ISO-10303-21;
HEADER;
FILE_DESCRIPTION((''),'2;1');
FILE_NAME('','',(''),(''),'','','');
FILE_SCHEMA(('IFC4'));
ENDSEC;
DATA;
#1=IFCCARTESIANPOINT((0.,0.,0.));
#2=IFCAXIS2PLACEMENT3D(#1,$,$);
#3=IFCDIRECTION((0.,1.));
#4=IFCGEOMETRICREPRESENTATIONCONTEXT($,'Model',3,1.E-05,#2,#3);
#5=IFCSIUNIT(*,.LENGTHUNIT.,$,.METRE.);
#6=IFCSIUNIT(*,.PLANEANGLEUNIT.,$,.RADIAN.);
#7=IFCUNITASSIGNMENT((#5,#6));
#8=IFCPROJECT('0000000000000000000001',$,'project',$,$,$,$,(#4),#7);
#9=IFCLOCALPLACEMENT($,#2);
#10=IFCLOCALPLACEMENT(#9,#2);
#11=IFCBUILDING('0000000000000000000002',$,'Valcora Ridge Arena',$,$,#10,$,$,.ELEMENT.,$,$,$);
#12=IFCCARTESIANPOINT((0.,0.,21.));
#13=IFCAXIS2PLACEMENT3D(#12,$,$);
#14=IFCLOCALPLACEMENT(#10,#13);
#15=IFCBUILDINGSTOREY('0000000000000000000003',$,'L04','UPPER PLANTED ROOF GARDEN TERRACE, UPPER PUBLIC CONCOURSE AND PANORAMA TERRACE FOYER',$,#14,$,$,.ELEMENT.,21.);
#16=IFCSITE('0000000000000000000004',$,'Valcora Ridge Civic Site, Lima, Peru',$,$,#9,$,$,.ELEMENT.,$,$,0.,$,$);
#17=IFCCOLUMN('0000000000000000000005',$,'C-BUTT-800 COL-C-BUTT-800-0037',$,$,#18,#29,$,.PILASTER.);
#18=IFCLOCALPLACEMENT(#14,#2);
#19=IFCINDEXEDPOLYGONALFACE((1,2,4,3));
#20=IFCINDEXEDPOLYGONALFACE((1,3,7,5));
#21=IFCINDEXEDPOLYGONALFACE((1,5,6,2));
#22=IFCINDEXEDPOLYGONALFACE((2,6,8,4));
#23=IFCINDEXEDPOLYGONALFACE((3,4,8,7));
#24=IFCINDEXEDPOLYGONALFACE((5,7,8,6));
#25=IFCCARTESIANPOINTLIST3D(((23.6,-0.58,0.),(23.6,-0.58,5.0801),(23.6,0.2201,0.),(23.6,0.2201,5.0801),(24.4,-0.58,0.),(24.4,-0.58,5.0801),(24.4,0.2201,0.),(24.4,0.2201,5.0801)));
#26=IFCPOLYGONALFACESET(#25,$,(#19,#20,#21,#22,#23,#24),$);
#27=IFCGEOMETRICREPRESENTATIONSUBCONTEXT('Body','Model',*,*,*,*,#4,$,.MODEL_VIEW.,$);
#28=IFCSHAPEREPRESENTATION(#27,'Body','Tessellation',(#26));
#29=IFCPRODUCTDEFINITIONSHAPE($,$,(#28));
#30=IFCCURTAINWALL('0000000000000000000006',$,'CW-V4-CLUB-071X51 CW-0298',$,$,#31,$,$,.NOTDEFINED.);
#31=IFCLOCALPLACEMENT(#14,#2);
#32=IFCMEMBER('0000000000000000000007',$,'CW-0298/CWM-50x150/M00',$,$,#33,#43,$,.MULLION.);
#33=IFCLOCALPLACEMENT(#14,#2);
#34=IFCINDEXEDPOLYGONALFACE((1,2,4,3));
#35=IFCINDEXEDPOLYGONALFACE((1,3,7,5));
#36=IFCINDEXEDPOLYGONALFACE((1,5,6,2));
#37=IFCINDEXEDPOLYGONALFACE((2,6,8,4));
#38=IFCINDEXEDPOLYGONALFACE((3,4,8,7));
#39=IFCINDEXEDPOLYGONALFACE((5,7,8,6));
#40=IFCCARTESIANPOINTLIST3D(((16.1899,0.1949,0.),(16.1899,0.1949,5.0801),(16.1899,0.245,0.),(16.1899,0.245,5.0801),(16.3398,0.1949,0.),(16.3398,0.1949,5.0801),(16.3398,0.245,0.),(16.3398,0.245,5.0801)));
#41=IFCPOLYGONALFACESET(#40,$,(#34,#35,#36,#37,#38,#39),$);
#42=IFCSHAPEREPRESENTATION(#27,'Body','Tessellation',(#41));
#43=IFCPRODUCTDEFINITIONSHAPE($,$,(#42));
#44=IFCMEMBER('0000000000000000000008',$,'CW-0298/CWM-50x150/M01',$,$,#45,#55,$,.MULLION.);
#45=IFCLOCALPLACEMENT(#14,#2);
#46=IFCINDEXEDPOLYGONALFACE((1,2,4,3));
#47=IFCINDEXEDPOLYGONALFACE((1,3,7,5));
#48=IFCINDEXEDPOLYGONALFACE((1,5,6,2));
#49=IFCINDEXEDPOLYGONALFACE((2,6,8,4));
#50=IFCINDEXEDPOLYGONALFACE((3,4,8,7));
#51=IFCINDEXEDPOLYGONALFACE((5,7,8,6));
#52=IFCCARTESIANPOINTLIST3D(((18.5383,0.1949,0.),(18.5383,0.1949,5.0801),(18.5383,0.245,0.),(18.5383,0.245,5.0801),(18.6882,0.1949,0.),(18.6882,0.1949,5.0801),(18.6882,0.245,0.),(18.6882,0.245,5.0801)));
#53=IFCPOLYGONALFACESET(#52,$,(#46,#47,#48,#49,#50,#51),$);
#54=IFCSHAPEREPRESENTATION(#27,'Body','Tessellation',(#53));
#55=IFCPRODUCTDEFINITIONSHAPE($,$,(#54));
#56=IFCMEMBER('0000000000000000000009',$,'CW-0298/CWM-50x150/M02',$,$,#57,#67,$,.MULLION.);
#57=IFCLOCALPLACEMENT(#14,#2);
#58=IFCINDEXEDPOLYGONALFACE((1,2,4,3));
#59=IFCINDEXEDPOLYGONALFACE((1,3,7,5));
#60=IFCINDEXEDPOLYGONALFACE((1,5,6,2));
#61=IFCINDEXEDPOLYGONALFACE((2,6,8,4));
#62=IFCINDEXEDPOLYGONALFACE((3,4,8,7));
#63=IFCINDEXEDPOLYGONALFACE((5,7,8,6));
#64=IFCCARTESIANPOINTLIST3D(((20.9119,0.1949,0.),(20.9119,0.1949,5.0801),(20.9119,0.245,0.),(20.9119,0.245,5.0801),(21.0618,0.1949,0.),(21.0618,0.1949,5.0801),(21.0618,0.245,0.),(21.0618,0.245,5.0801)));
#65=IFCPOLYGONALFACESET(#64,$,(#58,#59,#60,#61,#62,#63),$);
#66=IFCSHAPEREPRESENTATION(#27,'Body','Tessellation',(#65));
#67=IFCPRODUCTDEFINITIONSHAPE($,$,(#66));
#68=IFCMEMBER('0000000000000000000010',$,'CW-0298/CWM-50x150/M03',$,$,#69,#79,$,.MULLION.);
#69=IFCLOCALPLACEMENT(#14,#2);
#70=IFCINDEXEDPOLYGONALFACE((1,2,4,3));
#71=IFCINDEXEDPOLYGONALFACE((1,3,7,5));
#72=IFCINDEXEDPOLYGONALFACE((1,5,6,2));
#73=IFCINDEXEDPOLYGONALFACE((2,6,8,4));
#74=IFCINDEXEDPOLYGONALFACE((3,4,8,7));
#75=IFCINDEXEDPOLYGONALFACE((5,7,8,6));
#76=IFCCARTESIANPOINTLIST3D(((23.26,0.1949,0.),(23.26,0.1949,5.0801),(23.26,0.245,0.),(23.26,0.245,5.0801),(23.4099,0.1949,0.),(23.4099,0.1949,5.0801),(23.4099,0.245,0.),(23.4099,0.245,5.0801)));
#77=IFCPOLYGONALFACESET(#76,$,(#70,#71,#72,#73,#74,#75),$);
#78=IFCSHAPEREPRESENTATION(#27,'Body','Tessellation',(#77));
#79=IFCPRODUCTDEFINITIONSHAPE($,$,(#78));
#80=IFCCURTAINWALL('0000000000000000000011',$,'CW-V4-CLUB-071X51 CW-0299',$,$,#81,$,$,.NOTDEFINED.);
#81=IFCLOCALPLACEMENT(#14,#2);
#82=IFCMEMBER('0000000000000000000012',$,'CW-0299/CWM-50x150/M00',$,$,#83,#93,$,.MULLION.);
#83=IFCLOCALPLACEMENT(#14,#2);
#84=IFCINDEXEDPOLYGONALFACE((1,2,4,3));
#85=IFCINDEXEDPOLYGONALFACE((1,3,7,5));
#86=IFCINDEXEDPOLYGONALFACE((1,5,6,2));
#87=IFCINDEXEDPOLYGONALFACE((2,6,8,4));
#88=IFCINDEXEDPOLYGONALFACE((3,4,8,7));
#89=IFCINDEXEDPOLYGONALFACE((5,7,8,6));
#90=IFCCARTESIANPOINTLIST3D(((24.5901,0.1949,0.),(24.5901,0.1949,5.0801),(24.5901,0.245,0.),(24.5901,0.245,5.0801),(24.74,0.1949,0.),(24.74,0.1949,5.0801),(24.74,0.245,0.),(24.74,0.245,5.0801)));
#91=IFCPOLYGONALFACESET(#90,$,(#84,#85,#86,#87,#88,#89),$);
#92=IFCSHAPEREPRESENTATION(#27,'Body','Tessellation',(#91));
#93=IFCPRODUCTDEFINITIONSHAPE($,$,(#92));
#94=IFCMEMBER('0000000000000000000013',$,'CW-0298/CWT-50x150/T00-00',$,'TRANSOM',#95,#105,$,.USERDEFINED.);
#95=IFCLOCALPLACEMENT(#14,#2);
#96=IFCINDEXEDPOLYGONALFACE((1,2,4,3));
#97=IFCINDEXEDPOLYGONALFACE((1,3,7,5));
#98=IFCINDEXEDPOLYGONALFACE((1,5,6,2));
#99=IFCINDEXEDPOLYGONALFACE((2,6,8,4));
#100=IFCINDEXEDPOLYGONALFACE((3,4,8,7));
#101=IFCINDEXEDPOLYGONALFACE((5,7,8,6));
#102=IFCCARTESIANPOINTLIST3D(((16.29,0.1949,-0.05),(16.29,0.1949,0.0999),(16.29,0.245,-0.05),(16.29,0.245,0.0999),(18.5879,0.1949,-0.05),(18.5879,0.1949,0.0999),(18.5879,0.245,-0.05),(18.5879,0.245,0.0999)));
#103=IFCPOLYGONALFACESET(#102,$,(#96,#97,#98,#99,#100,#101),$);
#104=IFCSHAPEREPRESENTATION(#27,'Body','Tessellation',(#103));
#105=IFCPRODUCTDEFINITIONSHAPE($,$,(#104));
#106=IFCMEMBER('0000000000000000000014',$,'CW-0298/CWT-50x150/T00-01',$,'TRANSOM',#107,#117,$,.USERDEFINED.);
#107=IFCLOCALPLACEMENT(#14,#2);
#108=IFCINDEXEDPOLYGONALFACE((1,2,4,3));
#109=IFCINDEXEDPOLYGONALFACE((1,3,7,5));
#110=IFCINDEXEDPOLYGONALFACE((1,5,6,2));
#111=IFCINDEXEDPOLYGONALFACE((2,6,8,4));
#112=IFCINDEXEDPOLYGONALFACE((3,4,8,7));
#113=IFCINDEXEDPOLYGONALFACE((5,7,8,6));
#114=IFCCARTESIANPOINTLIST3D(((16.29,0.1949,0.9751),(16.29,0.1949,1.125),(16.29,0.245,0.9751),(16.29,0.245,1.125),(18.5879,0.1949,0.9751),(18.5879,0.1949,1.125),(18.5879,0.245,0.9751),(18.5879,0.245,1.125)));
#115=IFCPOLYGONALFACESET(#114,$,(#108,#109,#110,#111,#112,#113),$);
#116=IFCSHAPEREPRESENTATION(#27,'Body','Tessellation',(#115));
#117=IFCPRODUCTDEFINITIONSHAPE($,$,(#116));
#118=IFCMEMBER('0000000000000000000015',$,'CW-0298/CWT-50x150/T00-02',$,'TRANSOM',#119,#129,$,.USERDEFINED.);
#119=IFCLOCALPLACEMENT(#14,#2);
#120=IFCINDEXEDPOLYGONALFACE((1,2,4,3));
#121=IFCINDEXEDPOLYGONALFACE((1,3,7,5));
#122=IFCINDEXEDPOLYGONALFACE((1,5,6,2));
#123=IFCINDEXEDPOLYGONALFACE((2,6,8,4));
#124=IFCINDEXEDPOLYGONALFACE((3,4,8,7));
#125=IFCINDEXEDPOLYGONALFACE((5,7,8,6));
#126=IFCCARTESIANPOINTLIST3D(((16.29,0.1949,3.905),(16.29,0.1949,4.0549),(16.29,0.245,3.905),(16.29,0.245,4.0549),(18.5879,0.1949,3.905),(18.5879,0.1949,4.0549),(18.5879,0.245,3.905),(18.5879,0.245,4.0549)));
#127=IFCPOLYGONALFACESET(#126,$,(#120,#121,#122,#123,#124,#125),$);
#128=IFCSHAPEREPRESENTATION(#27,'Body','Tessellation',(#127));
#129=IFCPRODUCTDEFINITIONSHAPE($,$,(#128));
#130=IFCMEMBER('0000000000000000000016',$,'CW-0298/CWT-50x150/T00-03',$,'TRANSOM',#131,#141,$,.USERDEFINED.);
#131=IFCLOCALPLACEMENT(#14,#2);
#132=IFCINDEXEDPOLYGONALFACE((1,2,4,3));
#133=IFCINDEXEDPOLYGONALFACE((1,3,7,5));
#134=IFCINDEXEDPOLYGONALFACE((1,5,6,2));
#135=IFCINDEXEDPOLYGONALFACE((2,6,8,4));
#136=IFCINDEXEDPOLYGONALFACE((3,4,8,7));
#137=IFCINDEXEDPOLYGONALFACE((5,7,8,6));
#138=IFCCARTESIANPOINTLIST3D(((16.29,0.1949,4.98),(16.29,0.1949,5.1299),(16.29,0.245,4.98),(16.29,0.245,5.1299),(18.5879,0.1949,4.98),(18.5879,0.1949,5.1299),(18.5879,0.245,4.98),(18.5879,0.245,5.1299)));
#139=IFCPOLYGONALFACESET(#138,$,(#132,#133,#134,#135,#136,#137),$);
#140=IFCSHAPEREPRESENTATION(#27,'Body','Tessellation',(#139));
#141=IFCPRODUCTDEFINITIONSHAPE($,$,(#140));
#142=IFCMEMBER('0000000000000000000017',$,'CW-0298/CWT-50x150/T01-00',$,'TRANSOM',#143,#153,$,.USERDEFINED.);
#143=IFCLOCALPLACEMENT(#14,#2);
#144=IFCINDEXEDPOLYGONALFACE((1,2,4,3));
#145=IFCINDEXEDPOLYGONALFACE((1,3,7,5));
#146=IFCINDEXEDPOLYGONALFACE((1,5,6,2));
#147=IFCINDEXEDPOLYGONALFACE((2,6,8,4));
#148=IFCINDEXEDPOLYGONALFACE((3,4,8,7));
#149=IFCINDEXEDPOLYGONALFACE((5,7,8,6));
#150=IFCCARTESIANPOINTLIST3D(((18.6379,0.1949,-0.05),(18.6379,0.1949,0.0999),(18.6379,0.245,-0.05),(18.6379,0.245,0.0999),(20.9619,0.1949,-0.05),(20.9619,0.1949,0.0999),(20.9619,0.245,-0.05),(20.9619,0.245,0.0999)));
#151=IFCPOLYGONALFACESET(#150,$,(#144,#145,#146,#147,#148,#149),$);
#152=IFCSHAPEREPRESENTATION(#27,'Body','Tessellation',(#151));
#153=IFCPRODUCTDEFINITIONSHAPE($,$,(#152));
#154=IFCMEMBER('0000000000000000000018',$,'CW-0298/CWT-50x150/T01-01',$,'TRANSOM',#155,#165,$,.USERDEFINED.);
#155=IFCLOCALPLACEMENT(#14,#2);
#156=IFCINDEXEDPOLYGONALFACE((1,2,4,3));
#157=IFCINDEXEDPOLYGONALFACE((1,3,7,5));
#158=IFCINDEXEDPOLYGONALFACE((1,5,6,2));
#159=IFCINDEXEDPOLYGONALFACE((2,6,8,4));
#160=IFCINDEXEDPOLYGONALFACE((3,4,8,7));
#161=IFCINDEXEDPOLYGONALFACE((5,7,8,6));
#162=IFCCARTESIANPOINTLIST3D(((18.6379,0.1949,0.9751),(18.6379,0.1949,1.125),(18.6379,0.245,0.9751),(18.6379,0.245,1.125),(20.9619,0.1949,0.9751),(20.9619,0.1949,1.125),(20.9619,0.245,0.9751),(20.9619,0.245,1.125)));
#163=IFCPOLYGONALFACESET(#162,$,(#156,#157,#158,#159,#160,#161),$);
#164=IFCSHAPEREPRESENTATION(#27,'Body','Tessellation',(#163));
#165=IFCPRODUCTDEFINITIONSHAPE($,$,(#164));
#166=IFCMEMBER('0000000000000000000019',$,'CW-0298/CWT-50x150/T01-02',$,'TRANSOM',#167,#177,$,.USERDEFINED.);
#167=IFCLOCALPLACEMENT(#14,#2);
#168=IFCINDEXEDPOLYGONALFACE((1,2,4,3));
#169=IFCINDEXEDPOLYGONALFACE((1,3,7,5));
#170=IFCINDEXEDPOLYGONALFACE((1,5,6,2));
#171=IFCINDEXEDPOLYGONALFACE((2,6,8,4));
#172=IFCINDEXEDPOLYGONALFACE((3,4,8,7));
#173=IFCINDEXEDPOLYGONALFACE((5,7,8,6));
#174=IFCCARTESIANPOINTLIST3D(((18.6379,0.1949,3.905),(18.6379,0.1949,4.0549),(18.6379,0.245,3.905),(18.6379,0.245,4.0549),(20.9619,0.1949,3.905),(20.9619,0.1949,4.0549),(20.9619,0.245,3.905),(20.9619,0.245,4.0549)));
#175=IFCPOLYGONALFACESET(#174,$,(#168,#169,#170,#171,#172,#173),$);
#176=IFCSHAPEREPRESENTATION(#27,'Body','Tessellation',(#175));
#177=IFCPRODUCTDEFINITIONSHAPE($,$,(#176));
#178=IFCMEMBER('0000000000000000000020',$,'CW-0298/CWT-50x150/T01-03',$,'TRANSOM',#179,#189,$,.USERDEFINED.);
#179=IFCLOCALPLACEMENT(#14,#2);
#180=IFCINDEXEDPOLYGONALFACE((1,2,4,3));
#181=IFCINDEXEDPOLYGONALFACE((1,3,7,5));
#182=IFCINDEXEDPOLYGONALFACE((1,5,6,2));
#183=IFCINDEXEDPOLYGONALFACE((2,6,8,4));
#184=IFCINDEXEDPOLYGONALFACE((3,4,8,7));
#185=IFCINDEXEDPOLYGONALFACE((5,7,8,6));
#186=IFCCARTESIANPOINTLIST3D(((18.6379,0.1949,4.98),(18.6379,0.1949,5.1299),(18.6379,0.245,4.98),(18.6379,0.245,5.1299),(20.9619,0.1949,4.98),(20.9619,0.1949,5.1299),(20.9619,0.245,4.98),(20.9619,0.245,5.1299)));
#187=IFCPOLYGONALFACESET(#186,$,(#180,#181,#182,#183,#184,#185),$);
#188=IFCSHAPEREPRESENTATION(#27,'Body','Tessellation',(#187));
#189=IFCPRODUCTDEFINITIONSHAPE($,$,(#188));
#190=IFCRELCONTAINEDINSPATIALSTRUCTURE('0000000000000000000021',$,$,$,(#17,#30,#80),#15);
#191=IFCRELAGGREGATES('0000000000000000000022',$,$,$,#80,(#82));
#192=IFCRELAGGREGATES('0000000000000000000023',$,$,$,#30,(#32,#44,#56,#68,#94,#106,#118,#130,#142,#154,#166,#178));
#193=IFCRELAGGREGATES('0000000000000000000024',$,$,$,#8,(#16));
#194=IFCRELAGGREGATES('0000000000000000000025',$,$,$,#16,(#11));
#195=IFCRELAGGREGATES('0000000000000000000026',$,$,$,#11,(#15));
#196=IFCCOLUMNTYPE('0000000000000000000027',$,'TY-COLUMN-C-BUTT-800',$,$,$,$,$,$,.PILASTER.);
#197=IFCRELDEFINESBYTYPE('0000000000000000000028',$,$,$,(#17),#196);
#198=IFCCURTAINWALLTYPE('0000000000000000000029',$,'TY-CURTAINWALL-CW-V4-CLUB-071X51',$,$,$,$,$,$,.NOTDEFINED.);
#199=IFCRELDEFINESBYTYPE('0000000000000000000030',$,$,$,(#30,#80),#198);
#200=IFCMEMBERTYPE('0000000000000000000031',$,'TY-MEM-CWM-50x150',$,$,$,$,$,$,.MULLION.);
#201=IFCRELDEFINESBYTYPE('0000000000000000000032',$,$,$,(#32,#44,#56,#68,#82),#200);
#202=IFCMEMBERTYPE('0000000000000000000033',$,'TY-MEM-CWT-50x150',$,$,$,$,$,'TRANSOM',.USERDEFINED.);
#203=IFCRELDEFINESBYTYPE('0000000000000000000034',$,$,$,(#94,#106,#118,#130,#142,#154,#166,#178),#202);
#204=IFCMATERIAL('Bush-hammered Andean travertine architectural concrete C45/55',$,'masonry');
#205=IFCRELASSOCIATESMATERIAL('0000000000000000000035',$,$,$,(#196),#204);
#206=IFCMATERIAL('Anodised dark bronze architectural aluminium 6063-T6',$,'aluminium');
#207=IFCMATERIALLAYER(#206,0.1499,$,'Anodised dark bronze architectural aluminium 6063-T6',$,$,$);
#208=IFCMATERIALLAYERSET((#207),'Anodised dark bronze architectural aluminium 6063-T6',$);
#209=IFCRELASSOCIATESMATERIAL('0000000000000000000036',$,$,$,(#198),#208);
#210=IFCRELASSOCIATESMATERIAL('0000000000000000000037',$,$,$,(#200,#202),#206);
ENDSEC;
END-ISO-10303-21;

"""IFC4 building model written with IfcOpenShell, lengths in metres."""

from ifc_helpers import new_model, si_unit, direction, frame, origin, origin_2d, place, context, subcontext, project, spatial, rectangle, extrude, material, layer, layer_set, material_profile, profile_set, type_object, element, aggregate, save


model = new_model("IFC4")

# Units and contexts
model_context = context("Model", 3, precision=1e-05, world=origin(), true_north=direction((0.0, 1.0)))
body_context = subcontext(model_context, "Body", "Model", "MODEL_VIEW")
ifc_project = project(units=[si_unit("LENGTHUNIT", "METRE"), si_unit("PLANEANGLEUNIT", "RADIAN")], contexts=[model_context])

# Site, building, storey
site_placement = place(None, origin())
site = spatial("IfcSite", under=ifc_project, at=site_placement, Name="Valcora Ridge Civic Site, Lima, Peru", CompositionType="ELEMENT", RefElevation=0.0)
building_placement = place(site_placement, origin())
building = spatial("IfcBuilding", under=site, at=building_placement, Name="Valcora Ridge Arena", CompositionType="ELEMENT")
storey_placement = place(building_placement, frame((0.0, 0.0, 21.0)))
storey = spatial("IfcBuildingStorey", under=building, at=storey_placement, Name="L04", Description="UPPER PLANTED ROOF GARDEN TERRACE, UPPER PUBLIC CONCOURSE AND PANORAMA TERRACE FOYER", CompositionType="ELEMENT", Elevation=21.0)

# Column
ifc_material_1 = material(Name="Bush-hammered Andean travertine architectural concrete C45/55", Category="masonry")
ifc_material_profile_1 = material_profile(ifc_material_1, rectangle(XDim=0.8, YDim=0.8, at=origin_2d()), Name="RC 800x800")
ifc_profile_set_1 = profile_set([ifc_material_profile_1], Name="Bush-hammered Andean travertine architectural concrete C45/55")
column_type = type_object("IfcColumnType", Name="TY-COLUMN-C-BUTT-800", PredefinedType="PILASTER", material=ifc_profile_set_1)
column_placement = place(storey_placement, frame((24.0, -0.1799, 0.0), z_axis=(0.0, 0.0, 1.0), x_axis=(1.0, 0.0, 0.0)))
element("IfcColumn", 1, at=column_placement, inside=storey, type_object=column_type, Name="C-BUTT-800 COL-C-BUTT-800-0037", PredefinedType="PILASTER", context=body_context, shape_type="SweptSolid", body=[
    extrude(rectangle(XDim=0.8, YDim=0.8, at=origin_2d()), origin(), (0.0, 0.0, 1.0), 5.0801),
])

# Curtain wall, members
ifc_material_2 = material(Name="Anodised dark bronze architectural aluminium 6063-T6", Category="aluminium")
ifc_layer_1 = layer(ifc_material_2, 0.1499, Name="Anodised dark bronze architectural aluminium 6063-T6")
ifc_layer_set_1 = layer_set([ifc_layer_1], Name="Anodised dark bronze architectural aluminium 6063-T6")
curtain_wall_type = type_object("IfcCurtainWallType", Name="TY-CURTAINWALL-CW-V4-CLUB-071X51", PredefinedType="NOTDEFINED", material=ifc_layer_set_1)
curtain_wall_1_placement = place(storey_placement, origin())
curtain_wall_1 = element("IfcCurtainWall", 2, at=curtain_wall_1_placement, inside=storey, type_object=curtain_wall_type, Name="CW-V4-CLUB-071X51 CW-0298", PredefinedType="NOTDEFINED")
ifc_material_profile_2 = material_profile(ifc_material_2, rectangle(XDim=0.05, YDim=0.1499, at=origin_2d()), Name="ALU MULLION 50x150")
ifc_profile_set_2 = profile_set([ifc_material_profile_2], Name="Anodised dark bronze architectural aluminium 6063-T6")
member_type_1 = type_object("IfcMemberType", Name="TY-MEM-CWM-50x150", PredefinedType="MULLION", material=ifc_profile_set_2)
member_1_placement = place(storey_placement, frame((16.2649, 0.22, 0.0), z_axis=(0.0, 0.0, 1.0), x_axis=(0.0, 1.0, 0.0)))
member_1 = element("IfcMember", 3, at=member_1_placement, type_object=member_type_1, Name="CW-0298/CWM-50x150/M00", PredefinedType="MULLION", context=body_context, shape_type="SweptSolid", body=[
    extrude(rectangle(XDim=0.05, YDim=0.1499, at=origin_2d()), origin(), (0.0, 0.0, 1.0), 5.0801),
])
member_2_placement = place(storey_placement, frame((18.6133, 0.22, 0.0), z_axis=(0.0, 0.0, 1.0), x_axis=(0.0, 1.0, 0.0)))
member_2 = element("IfcMember", 4, at=member_2_placement, type_object=member_type_1, Name="CW-0298/CWM-50x150/M01", PredefinedType="MULLION", context=body_context, shape_type="SweptSolid", body=[
    extrude(rectangle(XDim=0.05, YDim=0.1499, at=origin_2d()), origin(), (0.0, 0.0, 1.0), 5.0801),
])
member_3_placement = place(storey_placement, frame((20.9868, 0.22, 0.0), z_axis=(0.0, 0.0, 1.0), x_axis=(0.0, 1.0, 0.0)))
member_3 = element("IfcMember", 5, at=member_3_placement, type_object=member_type_1, Name="CW-0298/CWM-50x150/M02", PredefinedType="MULLION", context=body_context, shape_type="SweptSolid", body=[
    extrude(rectangle(XDim=0.05, YDim=0.1499, at=origin_2d()), origin(), (0.0, 0.0, 1.0), 5.0801),
])
member_4_placement = place(storey_placement, frame((23.335, 0.22, 0.0), z_axis=(0.0, 0.0, 1.0), x_axis=(0.0, 1.0, 0.0)))
member_4 = element("IfcMember", 6, at=member_4_placement, type_object=member_type_1, Name="CW-0298/CWM-50x150/M03", PredefinedType="MULLION", context=body_context, shape_type="SweptSolid", body=[
    extrude(rectangle(XDim=0.05, YDim=0.1499, at=origin_2d()), origin(), (0.0, 0.0, 1.0), 5.0801),
])

# Curtain wall, member
curtain_wall_2_placement = place(storey_placement, origin())
curtain_wall_2 = element("IfcCurtainWall", 7, at=curtain_wall_2_placement, inside=storey, type_object=curtain_wall_type, Name="CW-V4-CLUB-071X51 CW-0299", PredefinedType="NOTDEFINED")
member_5_placement = place(storey_placement, frame((24.665, 0.22, 0.0), z_axis=(0.0, 0.0, 1.0), x_axis=(0.0, 1.0, 0.0)))
member_5 = element("IfcMember", 8, at=member_5_placement, type_object=member_type_1, Name="CW-0299/CWM-50x150/M00", PredefinedType="MULLION", context=body_context, shape_type="SweptSolid", body=[
    extrude(rectangle(XDim=0.05, YDim=0.1499, at=origin_2d()), origin(), (0.0, 0.0, 1.0), 5.0801),
])

# Members
ifc_material_profile_3 = material_profile(ifc_material_2, rectangle(XDim=0.05, YDim=0.1499, at=origin_2d()), Name="ALU TRANSOM 50x150")
ifc_profile_set_3 = profile_set([ifc_material_profile_3], Name="Anodised dark bronze architectural aluminium 6063-T6")
member_type_2 = type_object("IfcMemberType", Name="TY-MEM-CWT-50x150", ElementType="TRANSOM", PredefinedType="USERDEFINED", material=ifc_profile_set_3)
member_6_placement = place(storey_placement, frame((16.29, 0.22, 0.0249), z_axis=(1.0, 0.0, 0.0), x_axis=(0.0, 1.0, 0.0)))
member_6 = element("IfcMember", 9, at=member_6_placement, type_object=member_type_2, Name="CW-0298/CWT-50x150/T00-00", ObjectType="TRANSOM", PredefinedType="USERDEFINED", context=body_context, shape_type="SweptSolid", body=[
    extrude(rectangle(XDim=0.05, YDim=0.1499, at=origin_2d()), origin(), (0.0, 0.0, 1.0), 2.2979),
])
member_7_placement = place(storey_placement, frame((16.29, 0.22, 1.05), z_axis=(1.0, 0.0, 0.0), x_axis=(0.0, 1.0, 0.0)))
member_7 = element("IfcMember", 10, at=member_7_placement, type_object=member_type_2, Name="CW-0298/CWT-50x150/T00-01", ObjectType="TRANSOM", PredefinedType="USERDEFINED", context=body_context, shape_type="SweptSolid", body=[
    extrude(rectangle(XDim=0.05, YDim=0.1499, at=origin_2d()), origin(), (0.0, 0.0, 1.0), 2.2979),
])
member_8_placement = place(storey_placement, frame((16.29, 0.22, 3.98), z_axis=(1.0, 0.0, 0.0), x_axis=(0.0, 1.0, 0.0)))
member_8 = element("IfcMember", 11, at=member_8_placement, type_object=member_type_2, Name="CW-0298/CWT-50x150/T00-02", ObjectType="TRANSOM", PredefinedType="USERDEFINED", context=body_context, shape_type="SweptSolid", body=[
    extrude(rectangle(XDim=0.05, YDim=0.1499, at=origin_2d()), origin(), (0.0, 0.0, 1.0), 2.2979),
])
member_9_placement = place(storey_placement, frame((16.29, 0.22, 5.0549), z_axis=(1.0, 0.0, 0.0), x_axis=(0.0, 1.0, 0.0)))
member_9 = element("IfcMember", 12, at=member_9_placement, type_object=member_type_2, Name="CW-0298/CWT-50x150/T00-03", ObjectType="TRANSOM", PredefinedType="USERDEFINED", context=body_context, shape_type="SweptSolid", body=[
    extrude(rectangle(XDim=0.05, YDim=0.1499, at=origin_2d()), origin(), (0.0, 0.0, 1.0), 2.2979),
])
member_10_placement = place(storey_placement, frame((18.6379, 0.22, 0.0249), z_axis=(1.0, 0.0, 0.0), x_axis=(0.0, 1.0, 0.0)))
member_10 = element("IfcMember", 13, at=member_10_placement, type_object=member_type_2, Name="CW-0298/CWT-50x150/T01-00", ObjectType="TRANSOM", PredefinedType="USERDEFINED", context=body_context, shape_type="SweptSolid", body=[
    extrude(rectangle(XDim=0.05, YDim=0.1499, at=origin_2d()), origin(), (0.0, 0.0, 1.0), 2.324),
])
member_11_placement = place(storey_placement, frame((18.6379, 0.22, 1.05), z_axis=(1.0, 0.0, 0.0), x_axis=(0.0, 1.0, 0.0)))
member_11 = element("IfcMember", 14, at=member_11_placement, type_object=member_type_2, Name="CW-0298/CWT-50x150/T01-01", ObjectType="TRANSOM", PredefinedType="USERDEFINED", context=body_context, shape_type="SweptSolid", body=[
    extrude(rectangle(XDim=0.05, YDim=0.1499, at=origin_2d()), origin(), (0.0, 0.0, 1.0), 2.324),
])
member_12_placement = place(storey_placement, frame((18.6379, 0.22, 3.98), z_axis=(1.0, 0.0, 0.0), x_axis=(0.0, 1.0, 0.0)))
member_12 = element("IfcMember", 15, at=member_12_placement, type_object=member_type_2, Name="CW-0298/CWT-50x150/T01-02", ObjectType="TRANSOM", PredefinedType="USERDEFINED", context=body_context, shape_type="SweptSolid", body=[
    extrude(rectangle(XDim=0.05, YDim=0.1499, at=origin_2d()), origin(), (0.0, 0.0, 1.0), 2.324),
])
member_13_placement = place(storey_placement, frame((18.6379, 0.22, 5.0549), z_axis=(1.0, 0.0, 0.0), x_axis=(0.0, 1.0, 0.0)))
member_13 = element("IfcMember", 16, at=member_13_placement, type_object=member_type_2, Name="CW-0298/CWT-50x150/T01-03", ObjectType="TRANSOM", PredefinedType="USERDEFINED", context=body_context, shape_type="SweptSolid", body=[
    extrude(rectangle(XDim=0.05, YDim=0.1499, at=origin_2d()), origin(), (0.0, 0.0, 1.0), 2.324),
])

aggregate(curtain_wall_2, [member_5])
aggregate(curtain_wall_1, [member_1, member_2, member_3, member_4, member_6, member_7, member_8, member_9, member_10, member_11, member_12, member_13])

save(model, "model.ifc")
